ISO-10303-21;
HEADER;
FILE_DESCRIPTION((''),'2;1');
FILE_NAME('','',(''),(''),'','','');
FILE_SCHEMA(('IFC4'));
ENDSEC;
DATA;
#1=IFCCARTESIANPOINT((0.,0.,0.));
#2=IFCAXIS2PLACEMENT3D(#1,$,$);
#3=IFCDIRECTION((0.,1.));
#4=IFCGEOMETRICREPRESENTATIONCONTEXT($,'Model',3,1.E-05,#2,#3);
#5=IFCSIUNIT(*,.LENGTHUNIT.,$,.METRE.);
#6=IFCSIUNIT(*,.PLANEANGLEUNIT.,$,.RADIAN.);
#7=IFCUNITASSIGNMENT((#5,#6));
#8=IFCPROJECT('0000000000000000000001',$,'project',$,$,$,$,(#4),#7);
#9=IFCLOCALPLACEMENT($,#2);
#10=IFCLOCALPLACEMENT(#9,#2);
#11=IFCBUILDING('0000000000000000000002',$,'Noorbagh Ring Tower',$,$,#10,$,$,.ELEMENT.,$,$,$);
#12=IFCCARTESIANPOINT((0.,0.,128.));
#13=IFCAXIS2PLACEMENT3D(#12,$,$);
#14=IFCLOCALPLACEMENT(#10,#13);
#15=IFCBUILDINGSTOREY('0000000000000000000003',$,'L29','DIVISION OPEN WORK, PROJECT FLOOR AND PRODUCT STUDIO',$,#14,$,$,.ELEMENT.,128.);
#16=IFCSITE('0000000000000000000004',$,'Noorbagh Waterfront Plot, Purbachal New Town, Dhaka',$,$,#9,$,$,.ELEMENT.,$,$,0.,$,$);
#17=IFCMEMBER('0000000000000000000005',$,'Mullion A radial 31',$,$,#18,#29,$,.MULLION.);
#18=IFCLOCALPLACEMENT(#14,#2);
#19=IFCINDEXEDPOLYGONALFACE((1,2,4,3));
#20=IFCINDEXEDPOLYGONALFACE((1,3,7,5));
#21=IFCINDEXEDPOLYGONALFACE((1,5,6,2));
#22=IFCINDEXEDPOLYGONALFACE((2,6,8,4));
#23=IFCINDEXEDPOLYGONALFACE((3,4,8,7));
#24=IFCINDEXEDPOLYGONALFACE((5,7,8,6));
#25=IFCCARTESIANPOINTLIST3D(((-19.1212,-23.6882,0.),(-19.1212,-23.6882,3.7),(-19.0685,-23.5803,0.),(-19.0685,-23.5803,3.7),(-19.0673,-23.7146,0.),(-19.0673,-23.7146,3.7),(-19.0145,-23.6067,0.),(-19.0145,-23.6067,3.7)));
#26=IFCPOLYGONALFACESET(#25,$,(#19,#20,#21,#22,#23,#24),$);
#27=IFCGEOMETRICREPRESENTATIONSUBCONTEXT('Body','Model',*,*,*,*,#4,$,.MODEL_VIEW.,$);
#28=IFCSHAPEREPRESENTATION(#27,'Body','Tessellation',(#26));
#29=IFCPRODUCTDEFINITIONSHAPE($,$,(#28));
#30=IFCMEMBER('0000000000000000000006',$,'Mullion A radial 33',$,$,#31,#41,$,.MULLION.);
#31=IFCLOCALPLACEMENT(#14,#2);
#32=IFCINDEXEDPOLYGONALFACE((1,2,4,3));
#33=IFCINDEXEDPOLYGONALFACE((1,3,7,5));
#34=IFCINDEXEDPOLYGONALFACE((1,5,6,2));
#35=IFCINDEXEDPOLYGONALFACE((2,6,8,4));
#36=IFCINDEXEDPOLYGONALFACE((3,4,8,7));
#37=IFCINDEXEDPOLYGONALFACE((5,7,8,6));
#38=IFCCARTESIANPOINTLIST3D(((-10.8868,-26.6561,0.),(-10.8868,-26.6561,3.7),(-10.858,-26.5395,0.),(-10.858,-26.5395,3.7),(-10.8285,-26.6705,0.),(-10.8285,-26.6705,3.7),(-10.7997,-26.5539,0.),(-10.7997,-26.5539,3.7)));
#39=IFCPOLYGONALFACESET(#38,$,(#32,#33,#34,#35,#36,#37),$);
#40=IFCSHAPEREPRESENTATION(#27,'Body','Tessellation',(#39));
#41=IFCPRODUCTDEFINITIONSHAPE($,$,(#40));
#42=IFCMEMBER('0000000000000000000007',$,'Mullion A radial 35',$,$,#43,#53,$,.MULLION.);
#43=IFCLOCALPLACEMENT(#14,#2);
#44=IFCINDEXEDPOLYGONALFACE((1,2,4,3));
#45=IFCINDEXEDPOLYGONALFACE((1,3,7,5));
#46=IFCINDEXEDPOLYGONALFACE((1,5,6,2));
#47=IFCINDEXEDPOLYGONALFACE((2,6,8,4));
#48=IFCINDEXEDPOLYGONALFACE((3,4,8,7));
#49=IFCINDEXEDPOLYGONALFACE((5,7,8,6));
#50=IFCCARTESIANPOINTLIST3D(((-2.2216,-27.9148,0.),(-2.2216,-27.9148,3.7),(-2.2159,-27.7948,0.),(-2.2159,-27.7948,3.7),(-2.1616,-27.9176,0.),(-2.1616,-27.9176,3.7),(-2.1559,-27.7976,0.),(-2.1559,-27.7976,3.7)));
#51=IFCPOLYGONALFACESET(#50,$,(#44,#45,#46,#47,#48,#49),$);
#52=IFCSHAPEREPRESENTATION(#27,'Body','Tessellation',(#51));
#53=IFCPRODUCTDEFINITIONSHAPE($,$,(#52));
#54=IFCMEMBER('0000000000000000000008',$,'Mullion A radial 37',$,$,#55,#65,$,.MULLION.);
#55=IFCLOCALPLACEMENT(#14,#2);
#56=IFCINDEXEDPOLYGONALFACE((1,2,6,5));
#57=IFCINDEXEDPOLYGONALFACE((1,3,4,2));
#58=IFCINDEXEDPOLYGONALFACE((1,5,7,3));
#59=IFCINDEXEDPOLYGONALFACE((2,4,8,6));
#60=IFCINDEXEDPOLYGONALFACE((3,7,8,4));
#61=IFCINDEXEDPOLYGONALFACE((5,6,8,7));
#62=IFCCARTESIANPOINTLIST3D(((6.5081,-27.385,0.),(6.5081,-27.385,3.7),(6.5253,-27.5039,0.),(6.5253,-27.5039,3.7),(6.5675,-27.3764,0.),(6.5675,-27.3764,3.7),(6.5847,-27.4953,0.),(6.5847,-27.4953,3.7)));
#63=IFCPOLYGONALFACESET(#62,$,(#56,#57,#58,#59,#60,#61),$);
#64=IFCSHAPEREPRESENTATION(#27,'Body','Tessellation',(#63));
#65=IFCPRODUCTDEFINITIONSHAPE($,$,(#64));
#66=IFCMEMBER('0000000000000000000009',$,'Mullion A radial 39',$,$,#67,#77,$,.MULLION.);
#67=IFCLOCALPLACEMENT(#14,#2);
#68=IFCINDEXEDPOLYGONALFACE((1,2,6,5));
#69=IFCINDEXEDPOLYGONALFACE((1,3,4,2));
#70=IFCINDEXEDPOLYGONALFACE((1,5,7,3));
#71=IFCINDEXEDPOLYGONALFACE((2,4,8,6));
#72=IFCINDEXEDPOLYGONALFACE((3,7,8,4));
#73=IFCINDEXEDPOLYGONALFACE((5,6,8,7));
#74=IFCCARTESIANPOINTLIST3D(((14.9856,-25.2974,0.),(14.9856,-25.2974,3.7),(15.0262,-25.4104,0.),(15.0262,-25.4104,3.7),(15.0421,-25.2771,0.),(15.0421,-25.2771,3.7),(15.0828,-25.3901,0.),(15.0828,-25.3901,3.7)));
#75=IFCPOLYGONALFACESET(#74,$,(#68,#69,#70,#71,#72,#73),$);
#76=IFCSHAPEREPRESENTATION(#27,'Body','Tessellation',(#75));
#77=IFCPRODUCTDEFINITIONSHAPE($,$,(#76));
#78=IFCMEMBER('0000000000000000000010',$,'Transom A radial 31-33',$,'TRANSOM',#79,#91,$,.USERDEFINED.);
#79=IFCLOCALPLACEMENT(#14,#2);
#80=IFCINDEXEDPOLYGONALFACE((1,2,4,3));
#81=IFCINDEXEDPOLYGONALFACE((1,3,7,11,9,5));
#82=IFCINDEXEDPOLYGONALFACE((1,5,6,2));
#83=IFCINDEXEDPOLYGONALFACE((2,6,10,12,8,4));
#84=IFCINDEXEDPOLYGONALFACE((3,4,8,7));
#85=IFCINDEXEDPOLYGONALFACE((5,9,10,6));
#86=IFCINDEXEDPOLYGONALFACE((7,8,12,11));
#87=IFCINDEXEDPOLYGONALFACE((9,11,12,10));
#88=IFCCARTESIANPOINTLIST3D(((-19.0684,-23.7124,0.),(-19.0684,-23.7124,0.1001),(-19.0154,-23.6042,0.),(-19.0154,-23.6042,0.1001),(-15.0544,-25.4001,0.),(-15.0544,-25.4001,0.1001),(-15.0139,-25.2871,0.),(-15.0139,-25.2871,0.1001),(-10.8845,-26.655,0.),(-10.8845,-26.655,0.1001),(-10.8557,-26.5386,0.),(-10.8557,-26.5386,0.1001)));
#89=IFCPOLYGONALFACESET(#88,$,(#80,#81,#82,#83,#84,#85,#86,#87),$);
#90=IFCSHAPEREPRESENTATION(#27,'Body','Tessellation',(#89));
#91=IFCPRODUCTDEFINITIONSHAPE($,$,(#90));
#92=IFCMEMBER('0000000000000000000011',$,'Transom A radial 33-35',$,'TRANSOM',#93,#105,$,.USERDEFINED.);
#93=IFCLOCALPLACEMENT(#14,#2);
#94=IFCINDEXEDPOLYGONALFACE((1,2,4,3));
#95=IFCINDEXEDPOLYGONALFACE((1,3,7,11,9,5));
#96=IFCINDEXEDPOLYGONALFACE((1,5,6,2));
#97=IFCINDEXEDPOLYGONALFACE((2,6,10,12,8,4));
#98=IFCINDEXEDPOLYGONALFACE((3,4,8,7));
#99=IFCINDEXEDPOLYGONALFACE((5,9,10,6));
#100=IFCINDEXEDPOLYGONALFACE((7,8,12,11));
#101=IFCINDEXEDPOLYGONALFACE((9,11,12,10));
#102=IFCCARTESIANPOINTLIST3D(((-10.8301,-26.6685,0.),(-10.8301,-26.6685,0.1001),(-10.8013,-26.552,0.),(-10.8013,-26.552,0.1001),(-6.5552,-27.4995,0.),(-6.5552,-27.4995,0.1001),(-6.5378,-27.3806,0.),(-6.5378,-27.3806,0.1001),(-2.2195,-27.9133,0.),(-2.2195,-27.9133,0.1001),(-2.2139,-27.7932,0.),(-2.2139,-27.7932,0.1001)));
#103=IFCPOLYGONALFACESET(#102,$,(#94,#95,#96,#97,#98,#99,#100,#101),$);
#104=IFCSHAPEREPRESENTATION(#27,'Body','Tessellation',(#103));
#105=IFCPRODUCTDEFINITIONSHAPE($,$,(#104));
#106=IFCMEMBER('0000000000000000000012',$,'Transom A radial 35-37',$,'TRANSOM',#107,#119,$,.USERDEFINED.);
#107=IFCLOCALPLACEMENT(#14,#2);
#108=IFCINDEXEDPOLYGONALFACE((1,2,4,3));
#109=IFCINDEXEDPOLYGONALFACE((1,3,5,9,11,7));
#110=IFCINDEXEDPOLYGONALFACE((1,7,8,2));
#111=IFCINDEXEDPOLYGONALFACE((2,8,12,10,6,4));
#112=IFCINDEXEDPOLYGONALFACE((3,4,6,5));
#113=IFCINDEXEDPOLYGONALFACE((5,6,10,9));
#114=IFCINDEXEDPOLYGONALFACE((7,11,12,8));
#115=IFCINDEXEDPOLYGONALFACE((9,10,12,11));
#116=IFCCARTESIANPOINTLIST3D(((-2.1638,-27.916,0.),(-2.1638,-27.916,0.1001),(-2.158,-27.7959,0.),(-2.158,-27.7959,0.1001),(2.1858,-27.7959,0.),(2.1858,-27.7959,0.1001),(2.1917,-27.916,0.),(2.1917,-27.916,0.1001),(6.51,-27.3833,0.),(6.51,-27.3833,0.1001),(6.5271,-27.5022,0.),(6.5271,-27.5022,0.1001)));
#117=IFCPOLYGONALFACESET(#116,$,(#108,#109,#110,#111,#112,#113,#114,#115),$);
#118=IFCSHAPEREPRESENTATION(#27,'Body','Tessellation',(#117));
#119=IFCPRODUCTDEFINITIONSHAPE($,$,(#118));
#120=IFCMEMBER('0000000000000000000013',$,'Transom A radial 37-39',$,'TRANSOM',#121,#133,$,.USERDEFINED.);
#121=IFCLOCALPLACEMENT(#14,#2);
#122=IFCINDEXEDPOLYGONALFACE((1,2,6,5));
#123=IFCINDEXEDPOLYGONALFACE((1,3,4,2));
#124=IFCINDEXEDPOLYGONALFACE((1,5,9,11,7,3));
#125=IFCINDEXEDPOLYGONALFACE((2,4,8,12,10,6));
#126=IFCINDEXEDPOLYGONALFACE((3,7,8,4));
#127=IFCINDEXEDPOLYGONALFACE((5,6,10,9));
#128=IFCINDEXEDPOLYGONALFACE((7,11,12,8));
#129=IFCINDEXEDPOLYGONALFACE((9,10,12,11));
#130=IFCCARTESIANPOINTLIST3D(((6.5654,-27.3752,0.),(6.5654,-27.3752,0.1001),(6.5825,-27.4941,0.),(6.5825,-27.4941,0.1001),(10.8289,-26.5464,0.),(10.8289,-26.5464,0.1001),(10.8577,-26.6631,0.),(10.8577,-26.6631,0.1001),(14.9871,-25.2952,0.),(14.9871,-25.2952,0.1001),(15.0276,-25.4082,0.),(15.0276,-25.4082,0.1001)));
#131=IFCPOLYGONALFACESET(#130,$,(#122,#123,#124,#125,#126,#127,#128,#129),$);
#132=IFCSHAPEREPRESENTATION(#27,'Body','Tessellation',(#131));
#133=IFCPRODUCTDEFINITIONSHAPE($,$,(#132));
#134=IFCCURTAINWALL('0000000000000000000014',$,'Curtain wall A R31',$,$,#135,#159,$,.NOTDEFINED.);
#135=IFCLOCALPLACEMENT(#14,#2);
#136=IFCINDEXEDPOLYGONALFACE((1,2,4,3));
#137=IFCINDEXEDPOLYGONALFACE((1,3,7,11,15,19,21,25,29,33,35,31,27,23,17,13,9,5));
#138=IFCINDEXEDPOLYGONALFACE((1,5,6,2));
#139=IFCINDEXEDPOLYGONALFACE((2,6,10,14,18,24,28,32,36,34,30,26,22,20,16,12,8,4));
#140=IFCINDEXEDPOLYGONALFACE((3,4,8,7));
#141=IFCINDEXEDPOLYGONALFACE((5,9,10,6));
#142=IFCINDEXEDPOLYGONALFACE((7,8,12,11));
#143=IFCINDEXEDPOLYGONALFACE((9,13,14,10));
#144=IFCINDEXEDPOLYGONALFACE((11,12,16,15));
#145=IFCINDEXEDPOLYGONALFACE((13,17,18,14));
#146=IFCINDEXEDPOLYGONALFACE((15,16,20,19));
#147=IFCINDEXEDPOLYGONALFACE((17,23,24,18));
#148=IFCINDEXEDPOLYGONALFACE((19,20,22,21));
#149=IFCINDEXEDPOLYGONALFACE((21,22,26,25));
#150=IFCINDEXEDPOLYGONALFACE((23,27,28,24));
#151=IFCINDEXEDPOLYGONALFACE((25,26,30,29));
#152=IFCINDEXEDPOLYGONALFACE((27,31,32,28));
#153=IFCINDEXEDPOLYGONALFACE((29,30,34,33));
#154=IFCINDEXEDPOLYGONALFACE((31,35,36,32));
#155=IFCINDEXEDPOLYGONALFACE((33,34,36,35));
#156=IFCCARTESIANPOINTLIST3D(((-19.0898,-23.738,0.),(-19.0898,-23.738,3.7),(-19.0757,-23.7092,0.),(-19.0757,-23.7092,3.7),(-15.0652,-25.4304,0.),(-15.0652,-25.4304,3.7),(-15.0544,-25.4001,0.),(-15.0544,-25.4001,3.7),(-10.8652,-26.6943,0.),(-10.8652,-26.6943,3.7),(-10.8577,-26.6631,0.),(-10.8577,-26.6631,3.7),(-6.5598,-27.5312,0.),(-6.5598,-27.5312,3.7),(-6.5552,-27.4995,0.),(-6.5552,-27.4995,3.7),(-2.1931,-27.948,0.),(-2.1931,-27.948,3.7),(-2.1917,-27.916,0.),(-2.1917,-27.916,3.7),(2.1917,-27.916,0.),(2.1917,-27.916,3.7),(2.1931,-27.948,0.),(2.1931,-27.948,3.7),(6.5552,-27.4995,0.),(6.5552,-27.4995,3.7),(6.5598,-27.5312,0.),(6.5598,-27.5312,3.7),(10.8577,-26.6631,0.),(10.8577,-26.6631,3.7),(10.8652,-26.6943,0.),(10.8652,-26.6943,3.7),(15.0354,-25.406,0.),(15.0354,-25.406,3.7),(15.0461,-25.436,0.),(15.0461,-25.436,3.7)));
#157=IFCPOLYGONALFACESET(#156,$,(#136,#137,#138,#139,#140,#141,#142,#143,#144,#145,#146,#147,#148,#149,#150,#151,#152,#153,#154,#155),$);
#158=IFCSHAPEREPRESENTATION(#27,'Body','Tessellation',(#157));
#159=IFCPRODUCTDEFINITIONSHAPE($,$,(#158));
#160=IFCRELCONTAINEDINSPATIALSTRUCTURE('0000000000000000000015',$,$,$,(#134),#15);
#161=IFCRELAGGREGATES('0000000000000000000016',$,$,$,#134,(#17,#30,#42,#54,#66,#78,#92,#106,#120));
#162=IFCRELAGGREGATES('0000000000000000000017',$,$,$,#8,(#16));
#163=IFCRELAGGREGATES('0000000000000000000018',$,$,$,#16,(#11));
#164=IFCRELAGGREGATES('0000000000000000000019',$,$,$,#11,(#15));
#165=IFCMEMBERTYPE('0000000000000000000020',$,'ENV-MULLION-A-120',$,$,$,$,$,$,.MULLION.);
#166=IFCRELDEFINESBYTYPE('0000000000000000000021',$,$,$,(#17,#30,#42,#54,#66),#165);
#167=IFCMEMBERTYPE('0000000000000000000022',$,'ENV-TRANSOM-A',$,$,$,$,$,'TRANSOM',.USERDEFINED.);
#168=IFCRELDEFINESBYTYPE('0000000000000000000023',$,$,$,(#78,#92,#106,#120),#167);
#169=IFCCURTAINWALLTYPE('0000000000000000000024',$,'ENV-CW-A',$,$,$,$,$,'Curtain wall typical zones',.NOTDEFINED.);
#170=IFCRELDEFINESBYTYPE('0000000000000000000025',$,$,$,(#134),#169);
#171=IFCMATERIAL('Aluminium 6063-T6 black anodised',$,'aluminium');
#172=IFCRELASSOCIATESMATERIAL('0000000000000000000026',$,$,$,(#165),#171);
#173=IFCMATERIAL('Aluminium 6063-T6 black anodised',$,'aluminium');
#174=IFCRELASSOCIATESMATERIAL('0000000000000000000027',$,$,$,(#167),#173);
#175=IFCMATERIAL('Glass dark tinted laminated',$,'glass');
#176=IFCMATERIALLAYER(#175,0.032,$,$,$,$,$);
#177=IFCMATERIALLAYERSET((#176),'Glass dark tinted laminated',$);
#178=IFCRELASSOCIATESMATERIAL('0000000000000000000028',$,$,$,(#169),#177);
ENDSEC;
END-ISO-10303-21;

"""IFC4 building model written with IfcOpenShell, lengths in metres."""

from ifc_helpers import new_model, si_unit, direction, frame, origin, origin_2d, place, context, subcontext, project, spatial, polyline, rectangle, outline, extrude, material, layer, layer_set, material_profile, profile_set, type_object, element, aggregate, save


model = new_model("IFC4")

# Units and contexts
model_context = context("Model", 3, precision=1e-05, world=origin(), true_north=direction((0.0, 1.0)))
body_context = subcontext(model_context, "Body", "Model", "MODEL_VIEW")
ifc_project = project(units=[si_unit("LENGTHUNIT", "METRE"), si_unit("PLANEANGLEUNIT", "RADIAN")], contexts=[model_context])

# Members
ifc_material_1 = material(Name="Aluminium 6063-T6 black anodised", Category="aluminium")
ifc_material_profile = material_profile(ifc_material_1, rectangle(XDim=0.1201, YDim=0.0601, at=origin_2d()), Name="120x60")
ifc_profile_set = profile_set([ifc_material_profile], Name="Aluminium 6063-T6 black anodised")
member_type_1 = type_object("IfcMemberType", Name="ENV-MULLION-A-120", PredefinedType="MULLION", material=ifc_profile_set)
site_placement = place(None, origin())
building_placement = place(site_placement, origin())
storey_placement = place(building_placement, frame((0.0, 0.0, 128.0)))
member_1_placement = place(storey_placement, frame((-19.0679, -23.6475, 0.0), z_axis=(0.0, 0.0, 1.0), x_axis=(0.439238, 0.898371, 0.0)))
member_1 = element("IfcMember", 1, at=member_1_placement, type_object=member_type_1, Name="Mullion A radial 31", PredefinedType="MULLION", context=body_context, shape_type="SweptSolid", body=[
    extrude(rectangle(XDim=0.1201, YDim=0.0601, at=origin_2d()), origin(), (0.0, 0.0, 1.0), 3.7),
])
member_2_placement = place(storey_placement, frame((-10.8433, -26.605, 0.0), z_axis=(0.0, 0.0, 1.0), x_axis=(0.239799, 0.970823, 0.0)))
member_2 = element("IfcMember", 2, at=member_2_placement, type_object=member_type_1, Name="Mullion A radial 33", PredefinedType="MULLION", context=body_context, shape_type="SweptSolid", body=[
    extrude(rectangle(XDim=0.1201, YDim=0.0601, at=origin_2d()), origin(), (0.0, 0.0, 1.0), 3.7),
])
member_3_placement = place(storey_placement, frame((-2.1887, -27.8562, 0.0), z_axis=(0.0, 0.0, 1.0), x_axis=(0.047558, 0.998868, 0.0)))
member_3 = element("IfcMember", 3, at=member_3_placement, type_object=member_type_1, Name="Mullion A radial 35", PredefinedType="MULLION", context=body_context, shape_type="SweptSolid", body=[
    extrude(rectangle(XDim=0.1201, YDim=0.0601, at=origin_2d()), origin(), (0.0, 0.0, 1.0), 3.7),
])
member_4_placement = place(storey_placement, frame((6.5464, -27.4402, 0.0), z_axis=(0.0, 0.0, 1.0), x_axis=(-0.143082, 0.989711, 0.0)))
member_4 = element("IfcMember", 4, at=member_4_placement, type_object=member_type_1, Name="Mullion A radial 37", PredefinedType="MULLION", context=body_context, shape_type="SweptSolid", body=[
    extrude(rectangle(XDim=0.1201, YDim=0.0601, at=origin_2d()), origin(), (0.0, 0.0, 1.0), 3.7),
])
member_5_placement = place(storey_placement, frame((15.0342, -25.3438, 0.0), z_axis=(0.0, 0.0, 1.0), x_axis=(-0.338379, 0.94101, 0.0)))
member_5 = element("IfcMember", 5, at=member_5_placement, type_object=member_type_1, Name="Mullion A radial 39", PredefinedType="MULLION", context=body_context, shape_type="SweptSolid", body=[
    extrude(rectangle(XDim=0.1201, YDim=0.0601, at=origin_2d()), origin(), (0.0, 0.0, 1.0), 3.7),
])
ifc_material_2 = material(Name="Aluminium 6063-T6 black anodised", Category="aluminium")
member_type_2 = type_object("IfcMemberType", Name="ENV-TRANSOM-A", ElementType="TRANSOM", PredefinedType="USERDEFINED", material=ifc_material_2)
member_6_placement = place(storey_placement, origin())
member_6 = element("IfcMember", 6, at=member_6_placement, type_object=member_type_2, Name="Transom A radial 31-33", ObjectType="TRANSOM", PredefinedType="USERDEFINED", context=body_context, shape_type="SweptSolid", body=[
    extrude(outline(polyline([(-19.0684, -23.7124), (-15.0544, -25.4001), (-10.8845, -26.655), (-10.8557, -26.5386), (-15.0139, -25.2871), (-19.0154, -23.6042), (-19.0684, -23.7124)])), origin(), (0.0, 0.0, 1.0), 0.1001),
])
member_7_placement = place(storey_placement, origin())
member_7 = element("IfcMember", 7, at=member_7_placement, type_object=member_type_2, Name="Transom A radial 33-35", ObjectType="TRANSOM", PredefinedType="USERDEFINED", context=body_context, shape_type="SweptSolid", body=[
    extrude(outline(polyline([(-10.8301, -26.6685), (-6.5552, -27.4995), (-2.2195, -27.9133), (-2.2139, -27.7932), (-6.5378, -27.3806), (-10.8013, -26.552), (-10.8301, -26.6685)])), origin(), (0.0, 0.0, 1.0), 0.1001),
])
member_8_placement = place(storey_placement, origin())
member_8 = element("IfcMember", 8, at=member_8_placement, type_object=member_type_2, Name="Transom A radial 35-37", ObjectType="TRANSOM", PredefinedType="USERDEFINED", context=body_context, shape_type="SweptSolid", body=[
    extrude(outline(polyline([(-2.1638, -27.916), (2.1917, -27.916), (6.5271, -27.5022), (6.51, -27.3833), (2.1858, -27.7959), (-2.158, -27.7959), (-2.1638, -27.916)])), origin(), (0.0, 0.0, 1.0), 0.1001),
])
member_9_placement = place(storey_placement, origin())
member_9 = element("IfcMember", 9, at=member_9_placement, type_object=member_type_2, Name="Transom A radial 37-39", ObjectType="TRANSOM", PredefinedType="USERDEFINED", context=body_context, shape_type="SweptSolid", body=[
    extrude(outline(polyline([(6.5825, -27.4941), (10.8577, -26.6631), (15.0276, -25.4082), (14.9871, -25.2952), (10.8289, -26.5464), (6.5654, -27.3752), (6.5825, -27.4941)])), origin(), (0.0, 0.0, 1.0), 0.1001),
])

# Site, building, storey
site = spatial("IfcSite", under=ifc_project, at=site_placement, Name="Noorbagh Waterfront Plot, Purbachal New Town, Dhaka", CompositionType="ELEMENT", RefElevation=0.0)
building = spatial("IfcBuilding", under=site, at=building_placement, Name="Noorbagh Ring Tower", CompositionType="ELEMENT")
storey = spatial("IfcBuildingStorey", under=building, at=storey_placement, Name="L29", Description="DIVISION OPEN WORK, PROJECT FLOOR AND PRODUCT STUDIO", CompositionType="ELEMENT", Elevation=128.0)

# Curtain wall
ifc_material_3 = material(Name="Glass dark tinted laminated", Category="glass")
ifc_layer = layer(ifc_material_3, 0.032)
ifc_layer_set = layer_set([ifc_layer], Name="Glass dark tinted laminated")
curtain_wall_type = type_object("IfcCurtainWallType", Name="ENV-CW-A", ElementType="Curtain wall typical zones", PredefinedType="NOTDEFINED", material=ifc_layer_set)
curtain_wall_1_placement = place(storey_placement, origin())
curtain_wall_1 = element("IfcCurtainWall", 10, at=curtain_wall_1_placement, inside=storey, type_object=curtain_wall_type, Name="Curtain wall A R31", PredefinedType="NOTDEFINED", context=body_context, shape_type="SweptSolid", body=[
    extrude(outline(polyline([(-19.0898, -23.738), (-15.0652, -25.4304), (-10.8652, -26.6943), (-6.5598, -27.5312), (-2.1931, -27.948), (2.1931, -27.948), (6.5598, -27.5312), (10.8652, -26.6943), (15.0461, -25.436), (15.0354, -25.406), (10.8577, -26.6631), (6.5552, -27.4995), (2.1917, -27.916), (-2.1917, -27.916), (-6.5552, -27.4995), (-10.8577, -26.6631), (-15.0544, -25.4001), (-19.0757, -23.7092), (-19.0898, -23.738)])), origin(), (0.0, 0.0, 1.0), 3.7),
])
aggregate(curtain_wall_1, [member_1, member_2, member_3, member_4, member_5, member_6, member_7, member_8, member_9])

save(model, "model.ifc")
